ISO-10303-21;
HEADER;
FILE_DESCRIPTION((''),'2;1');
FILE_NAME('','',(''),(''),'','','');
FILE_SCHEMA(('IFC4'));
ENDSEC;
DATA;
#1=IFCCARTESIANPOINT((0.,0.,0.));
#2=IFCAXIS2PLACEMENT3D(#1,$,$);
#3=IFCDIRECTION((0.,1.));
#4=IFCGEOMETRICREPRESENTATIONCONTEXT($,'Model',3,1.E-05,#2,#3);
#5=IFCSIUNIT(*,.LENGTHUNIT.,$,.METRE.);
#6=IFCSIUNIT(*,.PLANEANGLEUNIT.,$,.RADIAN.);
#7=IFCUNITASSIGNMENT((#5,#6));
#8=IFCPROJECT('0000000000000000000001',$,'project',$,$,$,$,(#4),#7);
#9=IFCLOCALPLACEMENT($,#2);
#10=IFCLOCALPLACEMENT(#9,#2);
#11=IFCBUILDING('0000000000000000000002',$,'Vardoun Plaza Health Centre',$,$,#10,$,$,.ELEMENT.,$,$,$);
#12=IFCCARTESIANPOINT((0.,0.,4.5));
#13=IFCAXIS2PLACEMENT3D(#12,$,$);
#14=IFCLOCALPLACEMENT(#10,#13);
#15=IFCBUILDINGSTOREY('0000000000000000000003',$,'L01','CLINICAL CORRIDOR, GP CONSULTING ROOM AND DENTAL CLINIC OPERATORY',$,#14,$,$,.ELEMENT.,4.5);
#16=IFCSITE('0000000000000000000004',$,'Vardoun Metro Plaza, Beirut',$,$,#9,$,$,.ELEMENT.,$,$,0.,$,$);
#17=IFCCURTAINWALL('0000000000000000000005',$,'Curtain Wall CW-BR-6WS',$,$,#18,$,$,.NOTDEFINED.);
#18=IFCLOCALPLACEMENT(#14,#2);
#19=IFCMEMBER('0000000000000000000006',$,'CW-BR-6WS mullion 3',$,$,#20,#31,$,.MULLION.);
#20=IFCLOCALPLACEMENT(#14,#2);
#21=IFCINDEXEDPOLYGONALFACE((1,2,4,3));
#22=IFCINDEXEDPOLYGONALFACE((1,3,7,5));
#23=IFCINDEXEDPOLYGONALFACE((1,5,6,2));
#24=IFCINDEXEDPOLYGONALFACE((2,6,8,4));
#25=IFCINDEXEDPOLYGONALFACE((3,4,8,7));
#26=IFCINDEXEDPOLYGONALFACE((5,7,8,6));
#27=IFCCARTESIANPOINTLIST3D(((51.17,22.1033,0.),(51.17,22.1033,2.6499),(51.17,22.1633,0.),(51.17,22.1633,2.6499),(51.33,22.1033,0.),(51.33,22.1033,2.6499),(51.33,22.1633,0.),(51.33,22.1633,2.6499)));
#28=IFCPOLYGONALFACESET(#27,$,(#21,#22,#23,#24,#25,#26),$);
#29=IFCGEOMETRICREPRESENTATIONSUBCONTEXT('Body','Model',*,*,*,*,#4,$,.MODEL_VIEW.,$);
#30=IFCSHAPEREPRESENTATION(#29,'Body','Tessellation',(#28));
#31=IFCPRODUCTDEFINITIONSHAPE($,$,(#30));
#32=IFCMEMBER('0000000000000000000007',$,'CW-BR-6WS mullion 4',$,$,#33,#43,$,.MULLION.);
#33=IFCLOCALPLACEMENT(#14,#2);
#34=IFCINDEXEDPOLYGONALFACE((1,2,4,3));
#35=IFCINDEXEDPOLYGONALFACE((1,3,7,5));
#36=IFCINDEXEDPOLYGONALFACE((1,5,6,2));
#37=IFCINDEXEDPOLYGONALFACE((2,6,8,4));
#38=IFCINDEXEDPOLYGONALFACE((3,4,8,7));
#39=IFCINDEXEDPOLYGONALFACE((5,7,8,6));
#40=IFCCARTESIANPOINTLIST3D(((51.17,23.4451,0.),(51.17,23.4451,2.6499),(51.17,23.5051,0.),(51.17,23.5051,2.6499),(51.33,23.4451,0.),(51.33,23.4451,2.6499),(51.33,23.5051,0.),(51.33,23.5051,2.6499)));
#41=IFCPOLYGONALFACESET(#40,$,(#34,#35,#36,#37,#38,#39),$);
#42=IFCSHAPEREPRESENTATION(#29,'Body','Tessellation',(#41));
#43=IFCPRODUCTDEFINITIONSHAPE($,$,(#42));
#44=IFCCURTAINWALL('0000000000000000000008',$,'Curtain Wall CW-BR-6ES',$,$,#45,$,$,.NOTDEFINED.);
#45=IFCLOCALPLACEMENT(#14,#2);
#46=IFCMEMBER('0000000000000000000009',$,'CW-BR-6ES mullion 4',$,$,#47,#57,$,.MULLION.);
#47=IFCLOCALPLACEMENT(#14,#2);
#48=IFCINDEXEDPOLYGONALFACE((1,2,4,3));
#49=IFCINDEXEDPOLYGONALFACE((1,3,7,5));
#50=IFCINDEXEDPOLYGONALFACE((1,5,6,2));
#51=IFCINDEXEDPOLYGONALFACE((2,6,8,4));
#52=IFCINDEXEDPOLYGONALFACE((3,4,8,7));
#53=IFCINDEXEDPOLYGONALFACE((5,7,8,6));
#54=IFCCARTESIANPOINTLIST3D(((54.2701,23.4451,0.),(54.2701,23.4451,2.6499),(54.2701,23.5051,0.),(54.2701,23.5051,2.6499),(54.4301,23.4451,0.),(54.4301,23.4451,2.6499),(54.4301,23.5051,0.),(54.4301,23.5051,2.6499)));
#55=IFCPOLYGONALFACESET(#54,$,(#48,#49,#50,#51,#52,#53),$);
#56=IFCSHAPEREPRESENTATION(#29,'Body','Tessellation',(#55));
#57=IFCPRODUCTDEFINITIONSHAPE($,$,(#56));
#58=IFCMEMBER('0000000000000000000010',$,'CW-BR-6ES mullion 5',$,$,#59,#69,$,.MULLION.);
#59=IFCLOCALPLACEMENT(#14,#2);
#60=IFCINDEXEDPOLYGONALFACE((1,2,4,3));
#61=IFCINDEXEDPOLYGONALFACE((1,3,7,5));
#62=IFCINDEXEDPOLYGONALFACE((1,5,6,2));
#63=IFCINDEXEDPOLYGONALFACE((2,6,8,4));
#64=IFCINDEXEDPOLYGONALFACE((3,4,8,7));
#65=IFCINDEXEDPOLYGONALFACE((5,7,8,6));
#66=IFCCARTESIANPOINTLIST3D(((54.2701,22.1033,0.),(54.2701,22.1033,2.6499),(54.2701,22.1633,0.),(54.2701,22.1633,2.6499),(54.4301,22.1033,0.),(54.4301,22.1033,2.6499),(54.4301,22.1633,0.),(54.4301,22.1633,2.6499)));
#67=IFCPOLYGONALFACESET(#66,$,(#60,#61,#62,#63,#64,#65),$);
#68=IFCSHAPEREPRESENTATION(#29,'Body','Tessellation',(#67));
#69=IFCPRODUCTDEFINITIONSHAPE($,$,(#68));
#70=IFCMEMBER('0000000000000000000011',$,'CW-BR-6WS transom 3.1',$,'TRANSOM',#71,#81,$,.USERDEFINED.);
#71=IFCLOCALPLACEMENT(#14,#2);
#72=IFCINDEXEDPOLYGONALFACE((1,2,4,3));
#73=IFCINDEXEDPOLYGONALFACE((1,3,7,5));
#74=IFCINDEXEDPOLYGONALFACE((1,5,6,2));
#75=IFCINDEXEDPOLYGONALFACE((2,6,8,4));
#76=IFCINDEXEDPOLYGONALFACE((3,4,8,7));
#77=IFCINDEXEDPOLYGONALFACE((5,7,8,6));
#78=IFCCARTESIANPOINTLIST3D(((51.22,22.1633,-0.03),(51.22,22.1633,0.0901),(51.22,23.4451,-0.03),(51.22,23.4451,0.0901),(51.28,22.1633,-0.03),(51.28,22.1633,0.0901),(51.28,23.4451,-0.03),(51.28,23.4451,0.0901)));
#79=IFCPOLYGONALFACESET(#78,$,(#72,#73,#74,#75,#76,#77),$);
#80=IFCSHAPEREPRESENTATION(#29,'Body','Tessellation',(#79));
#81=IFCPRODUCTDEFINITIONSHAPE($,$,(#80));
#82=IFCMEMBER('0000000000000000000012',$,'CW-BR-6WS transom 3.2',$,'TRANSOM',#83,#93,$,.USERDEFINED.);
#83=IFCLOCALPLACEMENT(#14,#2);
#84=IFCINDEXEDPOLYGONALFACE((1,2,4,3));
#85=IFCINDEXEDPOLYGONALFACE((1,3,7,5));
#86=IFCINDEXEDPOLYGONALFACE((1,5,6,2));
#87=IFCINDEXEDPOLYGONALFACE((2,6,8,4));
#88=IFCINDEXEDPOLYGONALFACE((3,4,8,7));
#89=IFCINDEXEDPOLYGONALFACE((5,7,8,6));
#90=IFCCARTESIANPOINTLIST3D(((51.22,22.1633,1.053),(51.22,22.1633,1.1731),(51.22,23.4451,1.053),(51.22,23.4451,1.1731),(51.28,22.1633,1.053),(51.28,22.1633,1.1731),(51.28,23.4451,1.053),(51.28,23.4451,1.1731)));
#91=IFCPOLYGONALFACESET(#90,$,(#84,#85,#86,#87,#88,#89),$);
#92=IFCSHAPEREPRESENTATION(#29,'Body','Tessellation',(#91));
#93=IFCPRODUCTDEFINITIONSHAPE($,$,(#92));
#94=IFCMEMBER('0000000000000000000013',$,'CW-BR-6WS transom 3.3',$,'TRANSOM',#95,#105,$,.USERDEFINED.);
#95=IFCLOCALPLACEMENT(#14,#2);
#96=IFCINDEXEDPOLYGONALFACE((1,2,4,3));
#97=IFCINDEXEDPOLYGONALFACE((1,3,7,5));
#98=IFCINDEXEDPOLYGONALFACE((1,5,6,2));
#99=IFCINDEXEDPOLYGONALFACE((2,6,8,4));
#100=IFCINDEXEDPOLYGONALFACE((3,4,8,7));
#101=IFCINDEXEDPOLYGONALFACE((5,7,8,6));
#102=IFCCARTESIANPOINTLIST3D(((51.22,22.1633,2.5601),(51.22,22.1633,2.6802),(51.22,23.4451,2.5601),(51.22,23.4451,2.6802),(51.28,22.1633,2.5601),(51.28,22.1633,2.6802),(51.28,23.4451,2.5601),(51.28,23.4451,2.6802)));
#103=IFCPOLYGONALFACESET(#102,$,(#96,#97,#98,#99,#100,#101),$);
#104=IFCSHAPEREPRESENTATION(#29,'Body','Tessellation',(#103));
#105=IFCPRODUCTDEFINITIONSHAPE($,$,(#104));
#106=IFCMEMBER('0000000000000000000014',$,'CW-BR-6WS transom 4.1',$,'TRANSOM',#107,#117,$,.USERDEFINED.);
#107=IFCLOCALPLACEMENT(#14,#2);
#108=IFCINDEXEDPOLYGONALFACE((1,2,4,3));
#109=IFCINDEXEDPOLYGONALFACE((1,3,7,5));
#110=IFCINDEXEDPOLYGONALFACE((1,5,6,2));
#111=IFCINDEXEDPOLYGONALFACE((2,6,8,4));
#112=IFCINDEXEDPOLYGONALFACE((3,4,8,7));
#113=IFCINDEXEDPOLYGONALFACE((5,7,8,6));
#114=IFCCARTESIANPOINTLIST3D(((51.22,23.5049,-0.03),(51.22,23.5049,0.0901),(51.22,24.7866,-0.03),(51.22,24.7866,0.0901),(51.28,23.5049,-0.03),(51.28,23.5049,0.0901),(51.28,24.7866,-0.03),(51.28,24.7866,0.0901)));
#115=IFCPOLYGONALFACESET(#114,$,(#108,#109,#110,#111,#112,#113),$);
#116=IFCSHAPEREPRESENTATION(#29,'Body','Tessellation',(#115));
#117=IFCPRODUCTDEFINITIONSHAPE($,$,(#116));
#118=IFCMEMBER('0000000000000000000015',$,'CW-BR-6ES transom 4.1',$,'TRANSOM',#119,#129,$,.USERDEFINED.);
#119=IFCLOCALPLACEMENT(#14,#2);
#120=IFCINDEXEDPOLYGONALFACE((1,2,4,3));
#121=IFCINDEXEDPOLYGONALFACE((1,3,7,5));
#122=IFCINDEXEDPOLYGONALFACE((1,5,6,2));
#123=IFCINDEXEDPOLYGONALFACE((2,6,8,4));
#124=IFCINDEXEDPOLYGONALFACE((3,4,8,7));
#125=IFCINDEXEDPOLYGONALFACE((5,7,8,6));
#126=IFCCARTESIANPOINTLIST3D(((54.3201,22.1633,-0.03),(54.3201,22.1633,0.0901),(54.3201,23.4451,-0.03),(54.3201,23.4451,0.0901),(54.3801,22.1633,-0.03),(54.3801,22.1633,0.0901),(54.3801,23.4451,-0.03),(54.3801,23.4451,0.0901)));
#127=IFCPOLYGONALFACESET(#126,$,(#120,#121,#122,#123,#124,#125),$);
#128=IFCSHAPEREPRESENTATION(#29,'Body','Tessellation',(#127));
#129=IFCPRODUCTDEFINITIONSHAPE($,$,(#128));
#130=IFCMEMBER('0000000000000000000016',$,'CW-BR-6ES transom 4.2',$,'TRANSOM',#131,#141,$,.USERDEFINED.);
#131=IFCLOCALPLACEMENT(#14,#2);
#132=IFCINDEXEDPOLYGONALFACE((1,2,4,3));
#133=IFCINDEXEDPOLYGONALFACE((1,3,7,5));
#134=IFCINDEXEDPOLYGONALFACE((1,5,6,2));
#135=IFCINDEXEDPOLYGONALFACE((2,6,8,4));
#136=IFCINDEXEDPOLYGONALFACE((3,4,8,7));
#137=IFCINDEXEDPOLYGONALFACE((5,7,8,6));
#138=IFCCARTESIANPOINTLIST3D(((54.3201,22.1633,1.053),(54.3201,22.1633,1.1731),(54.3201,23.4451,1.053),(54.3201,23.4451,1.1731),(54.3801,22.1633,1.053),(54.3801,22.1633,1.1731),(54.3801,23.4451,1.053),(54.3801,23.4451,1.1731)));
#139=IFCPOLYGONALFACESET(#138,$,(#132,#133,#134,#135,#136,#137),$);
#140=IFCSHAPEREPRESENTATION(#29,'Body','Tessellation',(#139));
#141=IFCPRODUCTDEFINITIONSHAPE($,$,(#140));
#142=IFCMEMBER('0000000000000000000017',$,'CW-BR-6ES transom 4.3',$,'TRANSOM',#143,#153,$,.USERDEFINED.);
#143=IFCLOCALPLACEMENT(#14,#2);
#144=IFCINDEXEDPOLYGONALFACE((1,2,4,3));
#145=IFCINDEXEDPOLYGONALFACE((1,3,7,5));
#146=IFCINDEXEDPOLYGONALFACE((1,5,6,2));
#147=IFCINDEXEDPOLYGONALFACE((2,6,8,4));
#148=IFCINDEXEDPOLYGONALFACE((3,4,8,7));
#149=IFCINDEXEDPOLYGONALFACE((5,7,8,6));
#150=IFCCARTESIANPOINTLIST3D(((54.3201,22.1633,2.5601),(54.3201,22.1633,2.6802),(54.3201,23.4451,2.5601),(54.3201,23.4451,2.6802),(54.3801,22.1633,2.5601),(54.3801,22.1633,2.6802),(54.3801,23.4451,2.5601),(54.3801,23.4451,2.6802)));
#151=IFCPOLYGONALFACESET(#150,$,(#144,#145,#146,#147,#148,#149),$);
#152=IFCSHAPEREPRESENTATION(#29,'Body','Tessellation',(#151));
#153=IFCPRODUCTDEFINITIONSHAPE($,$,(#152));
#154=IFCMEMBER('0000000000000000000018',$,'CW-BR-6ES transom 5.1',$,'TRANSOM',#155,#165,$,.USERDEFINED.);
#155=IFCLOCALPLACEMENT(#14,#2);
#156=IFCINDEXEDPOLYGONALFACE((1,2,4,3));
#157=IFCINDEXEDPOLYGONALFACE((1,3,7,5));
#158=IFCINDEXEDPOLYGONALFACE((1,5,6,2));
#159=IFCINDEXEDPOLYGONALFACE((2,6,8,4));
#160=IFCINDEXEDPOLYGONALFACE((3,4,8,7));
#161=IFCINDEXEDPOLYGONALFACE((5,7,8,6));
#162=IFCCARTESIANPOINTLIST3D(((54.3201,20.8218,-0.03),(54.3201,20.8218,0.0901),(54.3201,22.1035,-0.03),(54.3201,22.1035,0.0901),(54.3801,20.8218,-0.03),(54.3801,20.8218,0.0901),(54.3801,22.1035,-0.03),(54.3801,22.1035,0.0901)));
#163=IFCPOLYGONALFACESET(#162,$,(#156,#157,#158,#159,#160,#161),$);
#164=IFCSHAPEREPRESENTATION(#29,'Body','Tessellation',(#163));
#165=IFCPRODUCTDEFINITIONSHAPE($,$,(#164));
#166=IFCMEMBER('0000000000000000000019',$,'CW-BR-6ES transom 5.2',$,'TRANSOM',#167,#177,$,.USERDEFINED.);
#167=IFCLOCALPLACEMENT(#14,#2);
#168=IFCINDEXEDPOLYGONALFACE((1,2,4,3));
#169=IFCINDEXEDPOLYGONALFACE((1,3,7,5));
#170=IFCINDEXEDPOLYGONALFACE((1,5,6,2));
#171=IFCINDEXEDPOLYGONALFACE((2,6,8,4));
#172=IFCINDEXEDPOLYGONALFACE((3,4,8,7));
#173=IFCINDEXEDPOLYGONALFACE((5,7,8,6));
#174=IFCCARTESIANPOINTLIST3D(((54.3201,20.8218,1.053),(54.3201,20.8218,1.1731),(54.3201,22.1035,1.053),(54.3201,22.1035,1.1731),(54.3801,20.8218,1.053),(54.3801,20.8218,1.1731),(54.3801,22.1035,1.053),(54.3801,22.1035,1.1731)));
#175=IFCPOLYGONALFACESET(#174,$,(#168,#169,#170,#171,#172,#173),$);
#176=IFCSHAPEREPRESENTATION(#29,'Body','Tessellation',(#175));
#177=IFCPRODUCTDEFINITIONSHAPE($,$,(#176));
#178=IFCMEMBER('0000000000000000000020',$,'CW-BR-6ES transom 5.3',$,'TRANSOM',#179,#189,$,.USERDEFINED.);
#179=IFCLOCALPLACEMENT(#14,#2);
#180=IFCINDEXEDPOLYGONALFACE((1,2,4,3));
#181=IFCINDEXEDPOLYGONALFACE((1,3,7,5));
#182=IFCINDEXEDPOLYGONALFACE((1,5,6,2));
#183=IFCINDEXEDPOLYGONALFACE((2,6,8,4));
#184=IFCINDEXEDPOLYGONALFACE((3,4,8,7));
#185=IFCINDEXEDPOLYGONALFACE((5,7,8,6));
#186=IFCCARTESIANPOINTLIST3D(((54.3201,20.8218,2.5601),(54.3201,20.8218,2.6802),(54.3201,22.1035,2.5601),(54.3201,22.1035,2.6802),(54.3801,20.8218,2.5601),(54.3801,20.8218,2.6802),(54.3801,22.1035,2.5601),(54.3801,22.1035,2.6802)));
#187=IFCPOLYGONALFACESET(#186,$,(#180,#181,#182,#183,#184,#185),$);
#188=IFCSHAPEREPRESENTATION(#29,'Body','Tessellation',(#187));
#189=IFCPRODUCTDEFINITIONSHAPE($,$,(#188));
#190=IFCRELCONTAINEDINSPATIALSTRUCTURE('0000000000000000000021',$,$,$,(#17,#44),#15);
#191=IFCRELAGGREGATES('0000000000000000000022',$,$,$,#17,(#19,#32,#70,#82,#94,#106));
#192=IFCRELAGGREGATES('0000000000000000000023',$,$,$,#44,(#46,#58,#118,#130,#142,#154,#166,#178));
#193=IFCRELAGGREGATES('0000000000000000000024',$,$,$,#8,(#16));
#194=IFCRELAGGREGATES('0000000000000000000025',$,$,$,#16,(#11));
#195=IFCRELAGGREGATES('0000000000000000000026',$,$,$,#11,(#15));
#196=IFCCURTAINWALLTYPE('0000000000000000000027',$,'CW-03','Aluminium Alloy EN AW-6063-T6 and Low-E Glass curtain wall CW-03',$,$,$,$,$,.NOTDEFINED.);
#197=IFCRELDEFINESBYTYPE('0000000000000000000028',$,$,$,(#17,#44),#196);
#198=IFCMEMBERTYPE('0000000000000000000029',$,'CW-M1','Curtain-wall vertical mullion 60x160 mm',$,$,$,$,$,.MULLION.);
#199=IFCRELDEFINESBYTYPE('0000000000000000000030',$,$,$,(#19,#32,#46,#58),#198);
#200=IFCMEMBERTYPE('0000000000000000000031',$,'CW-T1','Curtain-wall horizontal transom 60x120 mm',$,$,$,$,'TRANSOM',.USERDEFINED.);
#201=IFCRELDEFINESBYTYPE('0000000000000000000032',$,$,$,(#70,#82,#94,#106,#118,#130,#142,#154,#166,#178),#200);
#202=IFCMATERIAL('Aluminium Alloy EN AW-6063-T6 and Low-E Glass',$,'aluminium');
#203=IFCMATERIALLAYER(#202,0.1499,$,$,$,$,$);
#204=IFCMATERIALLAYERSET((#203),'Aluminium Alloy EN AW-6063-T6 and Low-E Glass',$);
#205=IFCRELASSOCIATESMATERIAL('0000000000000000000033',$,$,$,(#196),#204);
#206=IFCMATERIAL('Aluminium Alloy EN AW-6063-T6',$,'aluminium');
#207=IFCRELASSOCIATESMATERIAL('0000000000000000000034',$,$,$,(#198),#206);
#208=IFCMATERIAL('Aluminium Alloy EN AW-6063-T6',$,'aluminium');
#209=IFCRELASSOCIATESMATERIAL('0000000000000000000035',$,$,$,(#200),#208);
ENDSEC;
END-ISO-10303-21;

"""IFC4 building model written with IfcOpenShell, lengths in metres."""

from ifc_helpers import new_model, si_unit, direction, frame, origin, origin_2d, place, context, subcontext, project, spatial, rectangle, extrude, material, layer, layer_set, material_profile, profile_set, type_object, element, aggregate, save


model = new_model("IFC4")

# Units and contexts
model_context = context("Model", 3, precision=1e-05, world=origin(), true_north=direction((0.0, 1.0)))
body_context = subcontext(model_context, "Body", "Model", "MODEL_VIEW")
ifc_project = project(units=[si_unit("LENGTHUNIT", "METRE"), si_unit("PLANEANGLEUNIT", "RADIAN")], contexts=[model_context])

# Site, building, storey
site_placement = place(None, origin())
site = spatial("IfcSite", under=ifc_project, at=site_placement, Name="Vardoun Metro Plaza, Beirut", CompositionType="ELEMENT", RefElevation=0.0)
building_placement = place(site_placement, origin())
building = spatial("IfcBuilding", under=site, at=building_placement, Name="Vardoun Plaza Health Centre", CompositionType="ELEMENT")
storey_placement = place(building_placement, frame((0.0, 0.0, 4.5)))
storey = spatial("IfcBuildingStorey", under=building, at=storey_placement, Name="L01", Description="CLINICAL CORRIDOR, GP CONSULTING ROOM AND DENTAL CLINIC OPERATORY", CompositionType="ELEMENT", Elevation=4.5)

# Curtain walls, members
ifc_material_1 = material(Name="Aluminium Alloy EN AW-6063-T6 and Low-E Glass", Category="aluminium")
ifc_layer_1 = layer(ifc_material_1, 0.1499)
ifc_layer_set_1 = layer_set([ifc_layer_1], Name="Aluminium Alloy EN AW-6063-T6 and Low-E Glass")
curtain_wall_type = type_object("IfcCurtainWallType", Name="CW-03", Description="Aluminium Alloy EN AW-6063-T6 and Low-E Glass curtain wall CW-03", PredefinedType="NOTDEFINED", material=ifc_layer_set_1)
curtain_wall_1_placement = place(storey_placement, origin())
curtain_wall_1 = element("IfcCurtainWall", 1, at=curtain_wall_1_placement, inside=storey, type_object=curtain_wall_type, Name="Curtain Wall CW-BR-6WS", PredefinedType="NOTDEFINED")
ifc_material_2 = material(Name="Aluminium Alloy EN AW-6063-T6", Category="aluminium")
ifc_material_profile_1 = material_profile(ifc_material_2, rectangle(XDim=0.1599, YDim=0.0601, at=origin_2d()), Name="CWM 60x160")
ifc_profile_set_1 = profile_set([ifc_material_profile_1], Name="Aluminium Alloy EN AW-6063-T6")
member_type_1 = type_object("IfcMemberType", Name="CW-M1", Description="Curtain-wall vertical mullion 60x160 mm", PredefinedType="MULLION", material=ifc_profile_set_1)
member_1_placement = place(storey_placement, frame((51.25, 22.1333, 0.0), z_axis=(0.0, 0.0, 1.0), x_axis=(-1.0, 0.0, 0.0)))
member_1 = element("IfcMember", 2, at=member_1_placement, type_object=member_type_1, Name="CW-BR-6WS mullion 3", PredefinedType="MULLION", context=body_context, shape_type="SweptSolid", body=[
    extrude(rectangle(XDim=0.1599, YDim=0.0601, at=origin_2d()), origin(), (0.0, 0.0, 1.0), 2.6499),
])
member_2_placement = place(storey_placement, frame((51.25, 23.4751, 0.0), z_axis=(0.0, 0.0, 1.0), x_axis=(-1.0, 0.0, 0.0)))
member_2 = element("IfcMember", 3, at=member_2_placement, type_object=member_type_1, Name="CW-BR-6WS mullion 4", PredefinedType="MULLION", context=body_context, shape_type="SweptSolid", body=[
    extrude(rectangle(XDim=0.1599, YDim=0.0601, at=origin_2d()), origin(), (0.0, 0.0, 1.0), 2.6499),
])
curtain_wall_2_placement = place(storey_placement, origin())
curtain_wall_2 = element("IfcCurtainWall", 4, at=curtain_wall_2_placement, inside=storey, type_object=curtain_wall_type, Name="Curtain Wall CW-BR-6ES", PredefinedType="NOTDEFINED")
member_3_placement = place(storey_placement, frame((54.3501, 23.4751, 0.0), z_axis=(0.0, 0.0, 1.0), x_axis=(1.0, 0.0, 0.0)))
member_3 = element("IfcMember", 5, at=member_3_placement, type_object=member_type_1, Name="CW-BR-6ES mullion 4", PredefinedType="MULLION", context=body_context, shape_type="SweptSolid", body=[
    extrude(rectangle(XDim=0.1599, YDim=0.0601, at=origin_2d()), origin(), (0.0, 0.0, 1.0), 2.6499),
])
member_4_placement = place(storey_placement, frame((54.3501, 22.1333, 0.0), z_axis=(0.0, 0.0, 1.0), x_axis=(1.0, 0.0, 0.0)))
member_4 = element("IfcMember", 6, at=member_4_placement, type_object=member_type_1, Name="CW-BR-6ES mullion 5", PredefinedType="MULLION", context=body_context, shape_type="SweptSolid", body=[
    extrude(rectangle(XDim=0.1599, YDim=0.0601, at=origin_2d()), origin(), (0.0, 0.0, 1.0), 2.6499),
])

# Members
ifc_material_3 = material(Name="Aluminium Alloy EN AW-6063-T6", Category="aluminium")
ifc_material_profile_2 = material_profile(ifc_material_3, rectangle(XDim=0.0601, YDim=0.1201, at=origin_2d()), Name="CWT 60x120")
ifc_profile_set_2 = profile_set([ifc_material_profile_2], Name="Aluminium Alloy EN AW-6063-T6")
member_type_2 = type_object("IfcMemberType", Name="CW-T1", Description="Curtain-wall horizontal transom 60x120 mm", ElementType="TRANSOM", PredefinedType="USERDEFINED", material=ifc_profile_set_2)
member_5_placement = place(storey_placement, frame((51.25, 22.1633, 0.03), z_axis=(0.0, 1.0, 0.0), x_axis=(-1.0, 0.0, 0.0)))
member_5 = element("IfcMember", 7, at=member_5_placement, type_object=member_type_2, Name="CW-BR-6WS transom 3.1", ObjectType="TRANSOM", PredefinedType="USERDEFINED", context=body_context, shape_type="SweptSolid", body=[
    extrude(rectangle(XDim=0.0601, YDim=0.1201, at=origin_2d()), origin(), (0.0, 0.0, 1.0), 1.2817),
])
member_6_placement = place(storey_placement, frame((51.25, 22.1633, 1.113), z_axis=(0.0, 1.0, 0.0), x_axis=(-1.0, 0.0, 0.0)))
member_6 = element("IfcMember", 8, at=member_6_placement, type_object=member_type_2, Name="CW-BR-6WS transom 3.2", ObjectType="TRANSOM", PredefinedType="USERDEFINED", context=body_context, shape_type="SweptSolid", body=[
    extrude(rectangle(XDim=0.0601, YDim=0.1201, at=origin_2d()), origin(), (0.0, 0.0, 1.0), 1.2817),
])
member_7_placement = place(storey_placement, frame((51.25, 22.1633, 2.6201), z_axis=(0.0, 1.0, 0.0), x_axis=(-1.0, 0.0, 0.0)))
member_7 = element("IfcMember", 9, at=member_7_placement, type_object=member_type_2, Name="CW-BR-6WS transom 3.3", ObjectType="TRANSOM", PredefinedType="USERDEFINED", context=body_context, shape_type="SweptSolid", body=[
    extrude(rectangle(XDim=0.0601, YDim=0.1201, at=origin_2d()), origin(), (0.0, 0.0, 1.0), 1.2817),
])
member_8_placement = place(storey_placement, frame((51.25, 23.5049, 0.03), z_axis=(0.0, 1.0, 0.0), x_axis=(-1.0, 0.0, 0.0)))
member_8 = element("IfcMember", 10, at=member_8_placement, type_object=member_type_2, Name="CW-BR-6WS transom 4.1", ObjectType="TRANSOM", PredefinedType="USERDEFINED", context=body_context, shape_type="SweptSolid", body=[
    extrude(rectangle(XDim=0.0601, YDim=0.1201, at=origin_2d()), origin(), (0.0, 0.0, 1.0), 1.2817),
])
member_9_placement = place(storey_placement, frame((54.3501, 23.4451, 0.03), z_axis=(0.0, -1.0, 0.0), x_axis=(1.0, 0.0, 0.0)))
member_9 = element("IfcMember", 11, at=member_9_placement, type_object=member_type_2, Name="CW-BR-6ES transom 4.1", ObjectType="TRANSOM", PredefinedType="USERDEFINED", context=body_context, shape_type="SweptSolid", body=[
    extrude(rectangle(XDim=0.0601, YDim=0.1201, at=origin_2d()), origin(), (0.0, 0.0, 1.0), 1.2817),
])
member_10_placement = place(storey_placement, frame((54.3501, 23.4451, 1.113), z_axis=(0.0, -1.0, 0.0), x_axis=(1.0, 0.0, 0.0)))
member_10 = element("IfcMember", 12, at=member_10_placement, type_object=member_type_2, Name="CW-BR-6ES transom 4.2", ObjectType="TRANSOM", PredefinedType="USERDEFINED", context=body_context, shape_type="SweptSolid", body=[
    extrude(rectangle(XDim=0.0601, YDim=0.1201, at=origin_2d()), origin(), (0.0, 0.0, 1.0), 1.2817),
])
member_11_placement = place(storey_placement, frame((54.3501, 23.4451, 2.6201), z_axis=(0.0, -1.0, 0.0), x_axis=(1.0, 0.0, 0.0)))
member_11 = element("IfcMember", 13, at=member_11_placement, type_object=member_type_2, Name="CW-BR-6ES transom 4.3", ObjectType="TRANSOM", PredefinedType="USERDEFINED", context=body_context, shape_type="SweptSolid", body=[
    extrude(rectangle(XDim=0.0601, YDim=0.1201, at=origin_2d()), origin(), (0.0, 0.0, 1.0), 1.2817),
])
member_12_placement = place(storey_placement, frame((54.3501, 22.1035, 0.03), z_axis=(0.0, -1.0, 0.0), x_axis=(1.0, 0.0, 0.0)))
member_12 = element("IfcMember", 14, at=member_12_placement, type_object=member_type_2, Name="CW-BR-6ES transom 5.1", ObjectType="TRANSOM", PredefinedType="USERDEFINED", context=body_context, shape_type="SweptSolid", body=[
    extrude(rectangle(XDim=0.0601, YDim=0.1201, at=origin_2d()), origin(), (0.0, 0.0, 1.0), 1.2817),
])
member_13_placement = place(storey_placement, frame((54.3501, 22.1035, 1.113), z_axis=(0.0, -1.0, 0.0), x_axis=(1.0, 0.0, 0.0)))
member_13 = element("IfcMember", 15, at=member_13_placement, type_object=member_type_2, Name="CW-BR-6ES transom 5.2", ObjectType="TRANSOM", PredefinedType="USERDEFINED", context=body_context, shape_type="SweptSolid", body=[
    extrude(rectangle(XDim=0.0601, YDim=0.1201, at=origin_2d()), origin(), (0.0, 0.0, 1.0), 1.2817),
])
member_14_placement = place(storey_placement, frame((54.3501, 22.1035, 2.6201), z_axis=(0.0, -1.0, 0.0), x_axis=(1.0, 0.0, 0.0)))
member_14 = element("IfcMember", 16, at=member_14_placement, type_object=member_type_2, Name="CW-BR-6ES transom 5.3", ObjectType="TRANSOM", PredefinedType="USERDEFINED", context=body_context, shape_type="SweptSolid", body=[
    extrude(rectangle(XDim=0.0601, YDim=0.1201, at=origin_2d()), origin(), (0.0, 0.0, 1.0), 1.2817),
])

aggregate(curtain_wall_1, [member_1, member_2, member_5, member_6, member_7, member_8])
aggregate(curtain_wall_2, [member_3, member_4, member_9, member_10, member_11, member_12, member_13, member_14])

save(model, "model.ifc")
